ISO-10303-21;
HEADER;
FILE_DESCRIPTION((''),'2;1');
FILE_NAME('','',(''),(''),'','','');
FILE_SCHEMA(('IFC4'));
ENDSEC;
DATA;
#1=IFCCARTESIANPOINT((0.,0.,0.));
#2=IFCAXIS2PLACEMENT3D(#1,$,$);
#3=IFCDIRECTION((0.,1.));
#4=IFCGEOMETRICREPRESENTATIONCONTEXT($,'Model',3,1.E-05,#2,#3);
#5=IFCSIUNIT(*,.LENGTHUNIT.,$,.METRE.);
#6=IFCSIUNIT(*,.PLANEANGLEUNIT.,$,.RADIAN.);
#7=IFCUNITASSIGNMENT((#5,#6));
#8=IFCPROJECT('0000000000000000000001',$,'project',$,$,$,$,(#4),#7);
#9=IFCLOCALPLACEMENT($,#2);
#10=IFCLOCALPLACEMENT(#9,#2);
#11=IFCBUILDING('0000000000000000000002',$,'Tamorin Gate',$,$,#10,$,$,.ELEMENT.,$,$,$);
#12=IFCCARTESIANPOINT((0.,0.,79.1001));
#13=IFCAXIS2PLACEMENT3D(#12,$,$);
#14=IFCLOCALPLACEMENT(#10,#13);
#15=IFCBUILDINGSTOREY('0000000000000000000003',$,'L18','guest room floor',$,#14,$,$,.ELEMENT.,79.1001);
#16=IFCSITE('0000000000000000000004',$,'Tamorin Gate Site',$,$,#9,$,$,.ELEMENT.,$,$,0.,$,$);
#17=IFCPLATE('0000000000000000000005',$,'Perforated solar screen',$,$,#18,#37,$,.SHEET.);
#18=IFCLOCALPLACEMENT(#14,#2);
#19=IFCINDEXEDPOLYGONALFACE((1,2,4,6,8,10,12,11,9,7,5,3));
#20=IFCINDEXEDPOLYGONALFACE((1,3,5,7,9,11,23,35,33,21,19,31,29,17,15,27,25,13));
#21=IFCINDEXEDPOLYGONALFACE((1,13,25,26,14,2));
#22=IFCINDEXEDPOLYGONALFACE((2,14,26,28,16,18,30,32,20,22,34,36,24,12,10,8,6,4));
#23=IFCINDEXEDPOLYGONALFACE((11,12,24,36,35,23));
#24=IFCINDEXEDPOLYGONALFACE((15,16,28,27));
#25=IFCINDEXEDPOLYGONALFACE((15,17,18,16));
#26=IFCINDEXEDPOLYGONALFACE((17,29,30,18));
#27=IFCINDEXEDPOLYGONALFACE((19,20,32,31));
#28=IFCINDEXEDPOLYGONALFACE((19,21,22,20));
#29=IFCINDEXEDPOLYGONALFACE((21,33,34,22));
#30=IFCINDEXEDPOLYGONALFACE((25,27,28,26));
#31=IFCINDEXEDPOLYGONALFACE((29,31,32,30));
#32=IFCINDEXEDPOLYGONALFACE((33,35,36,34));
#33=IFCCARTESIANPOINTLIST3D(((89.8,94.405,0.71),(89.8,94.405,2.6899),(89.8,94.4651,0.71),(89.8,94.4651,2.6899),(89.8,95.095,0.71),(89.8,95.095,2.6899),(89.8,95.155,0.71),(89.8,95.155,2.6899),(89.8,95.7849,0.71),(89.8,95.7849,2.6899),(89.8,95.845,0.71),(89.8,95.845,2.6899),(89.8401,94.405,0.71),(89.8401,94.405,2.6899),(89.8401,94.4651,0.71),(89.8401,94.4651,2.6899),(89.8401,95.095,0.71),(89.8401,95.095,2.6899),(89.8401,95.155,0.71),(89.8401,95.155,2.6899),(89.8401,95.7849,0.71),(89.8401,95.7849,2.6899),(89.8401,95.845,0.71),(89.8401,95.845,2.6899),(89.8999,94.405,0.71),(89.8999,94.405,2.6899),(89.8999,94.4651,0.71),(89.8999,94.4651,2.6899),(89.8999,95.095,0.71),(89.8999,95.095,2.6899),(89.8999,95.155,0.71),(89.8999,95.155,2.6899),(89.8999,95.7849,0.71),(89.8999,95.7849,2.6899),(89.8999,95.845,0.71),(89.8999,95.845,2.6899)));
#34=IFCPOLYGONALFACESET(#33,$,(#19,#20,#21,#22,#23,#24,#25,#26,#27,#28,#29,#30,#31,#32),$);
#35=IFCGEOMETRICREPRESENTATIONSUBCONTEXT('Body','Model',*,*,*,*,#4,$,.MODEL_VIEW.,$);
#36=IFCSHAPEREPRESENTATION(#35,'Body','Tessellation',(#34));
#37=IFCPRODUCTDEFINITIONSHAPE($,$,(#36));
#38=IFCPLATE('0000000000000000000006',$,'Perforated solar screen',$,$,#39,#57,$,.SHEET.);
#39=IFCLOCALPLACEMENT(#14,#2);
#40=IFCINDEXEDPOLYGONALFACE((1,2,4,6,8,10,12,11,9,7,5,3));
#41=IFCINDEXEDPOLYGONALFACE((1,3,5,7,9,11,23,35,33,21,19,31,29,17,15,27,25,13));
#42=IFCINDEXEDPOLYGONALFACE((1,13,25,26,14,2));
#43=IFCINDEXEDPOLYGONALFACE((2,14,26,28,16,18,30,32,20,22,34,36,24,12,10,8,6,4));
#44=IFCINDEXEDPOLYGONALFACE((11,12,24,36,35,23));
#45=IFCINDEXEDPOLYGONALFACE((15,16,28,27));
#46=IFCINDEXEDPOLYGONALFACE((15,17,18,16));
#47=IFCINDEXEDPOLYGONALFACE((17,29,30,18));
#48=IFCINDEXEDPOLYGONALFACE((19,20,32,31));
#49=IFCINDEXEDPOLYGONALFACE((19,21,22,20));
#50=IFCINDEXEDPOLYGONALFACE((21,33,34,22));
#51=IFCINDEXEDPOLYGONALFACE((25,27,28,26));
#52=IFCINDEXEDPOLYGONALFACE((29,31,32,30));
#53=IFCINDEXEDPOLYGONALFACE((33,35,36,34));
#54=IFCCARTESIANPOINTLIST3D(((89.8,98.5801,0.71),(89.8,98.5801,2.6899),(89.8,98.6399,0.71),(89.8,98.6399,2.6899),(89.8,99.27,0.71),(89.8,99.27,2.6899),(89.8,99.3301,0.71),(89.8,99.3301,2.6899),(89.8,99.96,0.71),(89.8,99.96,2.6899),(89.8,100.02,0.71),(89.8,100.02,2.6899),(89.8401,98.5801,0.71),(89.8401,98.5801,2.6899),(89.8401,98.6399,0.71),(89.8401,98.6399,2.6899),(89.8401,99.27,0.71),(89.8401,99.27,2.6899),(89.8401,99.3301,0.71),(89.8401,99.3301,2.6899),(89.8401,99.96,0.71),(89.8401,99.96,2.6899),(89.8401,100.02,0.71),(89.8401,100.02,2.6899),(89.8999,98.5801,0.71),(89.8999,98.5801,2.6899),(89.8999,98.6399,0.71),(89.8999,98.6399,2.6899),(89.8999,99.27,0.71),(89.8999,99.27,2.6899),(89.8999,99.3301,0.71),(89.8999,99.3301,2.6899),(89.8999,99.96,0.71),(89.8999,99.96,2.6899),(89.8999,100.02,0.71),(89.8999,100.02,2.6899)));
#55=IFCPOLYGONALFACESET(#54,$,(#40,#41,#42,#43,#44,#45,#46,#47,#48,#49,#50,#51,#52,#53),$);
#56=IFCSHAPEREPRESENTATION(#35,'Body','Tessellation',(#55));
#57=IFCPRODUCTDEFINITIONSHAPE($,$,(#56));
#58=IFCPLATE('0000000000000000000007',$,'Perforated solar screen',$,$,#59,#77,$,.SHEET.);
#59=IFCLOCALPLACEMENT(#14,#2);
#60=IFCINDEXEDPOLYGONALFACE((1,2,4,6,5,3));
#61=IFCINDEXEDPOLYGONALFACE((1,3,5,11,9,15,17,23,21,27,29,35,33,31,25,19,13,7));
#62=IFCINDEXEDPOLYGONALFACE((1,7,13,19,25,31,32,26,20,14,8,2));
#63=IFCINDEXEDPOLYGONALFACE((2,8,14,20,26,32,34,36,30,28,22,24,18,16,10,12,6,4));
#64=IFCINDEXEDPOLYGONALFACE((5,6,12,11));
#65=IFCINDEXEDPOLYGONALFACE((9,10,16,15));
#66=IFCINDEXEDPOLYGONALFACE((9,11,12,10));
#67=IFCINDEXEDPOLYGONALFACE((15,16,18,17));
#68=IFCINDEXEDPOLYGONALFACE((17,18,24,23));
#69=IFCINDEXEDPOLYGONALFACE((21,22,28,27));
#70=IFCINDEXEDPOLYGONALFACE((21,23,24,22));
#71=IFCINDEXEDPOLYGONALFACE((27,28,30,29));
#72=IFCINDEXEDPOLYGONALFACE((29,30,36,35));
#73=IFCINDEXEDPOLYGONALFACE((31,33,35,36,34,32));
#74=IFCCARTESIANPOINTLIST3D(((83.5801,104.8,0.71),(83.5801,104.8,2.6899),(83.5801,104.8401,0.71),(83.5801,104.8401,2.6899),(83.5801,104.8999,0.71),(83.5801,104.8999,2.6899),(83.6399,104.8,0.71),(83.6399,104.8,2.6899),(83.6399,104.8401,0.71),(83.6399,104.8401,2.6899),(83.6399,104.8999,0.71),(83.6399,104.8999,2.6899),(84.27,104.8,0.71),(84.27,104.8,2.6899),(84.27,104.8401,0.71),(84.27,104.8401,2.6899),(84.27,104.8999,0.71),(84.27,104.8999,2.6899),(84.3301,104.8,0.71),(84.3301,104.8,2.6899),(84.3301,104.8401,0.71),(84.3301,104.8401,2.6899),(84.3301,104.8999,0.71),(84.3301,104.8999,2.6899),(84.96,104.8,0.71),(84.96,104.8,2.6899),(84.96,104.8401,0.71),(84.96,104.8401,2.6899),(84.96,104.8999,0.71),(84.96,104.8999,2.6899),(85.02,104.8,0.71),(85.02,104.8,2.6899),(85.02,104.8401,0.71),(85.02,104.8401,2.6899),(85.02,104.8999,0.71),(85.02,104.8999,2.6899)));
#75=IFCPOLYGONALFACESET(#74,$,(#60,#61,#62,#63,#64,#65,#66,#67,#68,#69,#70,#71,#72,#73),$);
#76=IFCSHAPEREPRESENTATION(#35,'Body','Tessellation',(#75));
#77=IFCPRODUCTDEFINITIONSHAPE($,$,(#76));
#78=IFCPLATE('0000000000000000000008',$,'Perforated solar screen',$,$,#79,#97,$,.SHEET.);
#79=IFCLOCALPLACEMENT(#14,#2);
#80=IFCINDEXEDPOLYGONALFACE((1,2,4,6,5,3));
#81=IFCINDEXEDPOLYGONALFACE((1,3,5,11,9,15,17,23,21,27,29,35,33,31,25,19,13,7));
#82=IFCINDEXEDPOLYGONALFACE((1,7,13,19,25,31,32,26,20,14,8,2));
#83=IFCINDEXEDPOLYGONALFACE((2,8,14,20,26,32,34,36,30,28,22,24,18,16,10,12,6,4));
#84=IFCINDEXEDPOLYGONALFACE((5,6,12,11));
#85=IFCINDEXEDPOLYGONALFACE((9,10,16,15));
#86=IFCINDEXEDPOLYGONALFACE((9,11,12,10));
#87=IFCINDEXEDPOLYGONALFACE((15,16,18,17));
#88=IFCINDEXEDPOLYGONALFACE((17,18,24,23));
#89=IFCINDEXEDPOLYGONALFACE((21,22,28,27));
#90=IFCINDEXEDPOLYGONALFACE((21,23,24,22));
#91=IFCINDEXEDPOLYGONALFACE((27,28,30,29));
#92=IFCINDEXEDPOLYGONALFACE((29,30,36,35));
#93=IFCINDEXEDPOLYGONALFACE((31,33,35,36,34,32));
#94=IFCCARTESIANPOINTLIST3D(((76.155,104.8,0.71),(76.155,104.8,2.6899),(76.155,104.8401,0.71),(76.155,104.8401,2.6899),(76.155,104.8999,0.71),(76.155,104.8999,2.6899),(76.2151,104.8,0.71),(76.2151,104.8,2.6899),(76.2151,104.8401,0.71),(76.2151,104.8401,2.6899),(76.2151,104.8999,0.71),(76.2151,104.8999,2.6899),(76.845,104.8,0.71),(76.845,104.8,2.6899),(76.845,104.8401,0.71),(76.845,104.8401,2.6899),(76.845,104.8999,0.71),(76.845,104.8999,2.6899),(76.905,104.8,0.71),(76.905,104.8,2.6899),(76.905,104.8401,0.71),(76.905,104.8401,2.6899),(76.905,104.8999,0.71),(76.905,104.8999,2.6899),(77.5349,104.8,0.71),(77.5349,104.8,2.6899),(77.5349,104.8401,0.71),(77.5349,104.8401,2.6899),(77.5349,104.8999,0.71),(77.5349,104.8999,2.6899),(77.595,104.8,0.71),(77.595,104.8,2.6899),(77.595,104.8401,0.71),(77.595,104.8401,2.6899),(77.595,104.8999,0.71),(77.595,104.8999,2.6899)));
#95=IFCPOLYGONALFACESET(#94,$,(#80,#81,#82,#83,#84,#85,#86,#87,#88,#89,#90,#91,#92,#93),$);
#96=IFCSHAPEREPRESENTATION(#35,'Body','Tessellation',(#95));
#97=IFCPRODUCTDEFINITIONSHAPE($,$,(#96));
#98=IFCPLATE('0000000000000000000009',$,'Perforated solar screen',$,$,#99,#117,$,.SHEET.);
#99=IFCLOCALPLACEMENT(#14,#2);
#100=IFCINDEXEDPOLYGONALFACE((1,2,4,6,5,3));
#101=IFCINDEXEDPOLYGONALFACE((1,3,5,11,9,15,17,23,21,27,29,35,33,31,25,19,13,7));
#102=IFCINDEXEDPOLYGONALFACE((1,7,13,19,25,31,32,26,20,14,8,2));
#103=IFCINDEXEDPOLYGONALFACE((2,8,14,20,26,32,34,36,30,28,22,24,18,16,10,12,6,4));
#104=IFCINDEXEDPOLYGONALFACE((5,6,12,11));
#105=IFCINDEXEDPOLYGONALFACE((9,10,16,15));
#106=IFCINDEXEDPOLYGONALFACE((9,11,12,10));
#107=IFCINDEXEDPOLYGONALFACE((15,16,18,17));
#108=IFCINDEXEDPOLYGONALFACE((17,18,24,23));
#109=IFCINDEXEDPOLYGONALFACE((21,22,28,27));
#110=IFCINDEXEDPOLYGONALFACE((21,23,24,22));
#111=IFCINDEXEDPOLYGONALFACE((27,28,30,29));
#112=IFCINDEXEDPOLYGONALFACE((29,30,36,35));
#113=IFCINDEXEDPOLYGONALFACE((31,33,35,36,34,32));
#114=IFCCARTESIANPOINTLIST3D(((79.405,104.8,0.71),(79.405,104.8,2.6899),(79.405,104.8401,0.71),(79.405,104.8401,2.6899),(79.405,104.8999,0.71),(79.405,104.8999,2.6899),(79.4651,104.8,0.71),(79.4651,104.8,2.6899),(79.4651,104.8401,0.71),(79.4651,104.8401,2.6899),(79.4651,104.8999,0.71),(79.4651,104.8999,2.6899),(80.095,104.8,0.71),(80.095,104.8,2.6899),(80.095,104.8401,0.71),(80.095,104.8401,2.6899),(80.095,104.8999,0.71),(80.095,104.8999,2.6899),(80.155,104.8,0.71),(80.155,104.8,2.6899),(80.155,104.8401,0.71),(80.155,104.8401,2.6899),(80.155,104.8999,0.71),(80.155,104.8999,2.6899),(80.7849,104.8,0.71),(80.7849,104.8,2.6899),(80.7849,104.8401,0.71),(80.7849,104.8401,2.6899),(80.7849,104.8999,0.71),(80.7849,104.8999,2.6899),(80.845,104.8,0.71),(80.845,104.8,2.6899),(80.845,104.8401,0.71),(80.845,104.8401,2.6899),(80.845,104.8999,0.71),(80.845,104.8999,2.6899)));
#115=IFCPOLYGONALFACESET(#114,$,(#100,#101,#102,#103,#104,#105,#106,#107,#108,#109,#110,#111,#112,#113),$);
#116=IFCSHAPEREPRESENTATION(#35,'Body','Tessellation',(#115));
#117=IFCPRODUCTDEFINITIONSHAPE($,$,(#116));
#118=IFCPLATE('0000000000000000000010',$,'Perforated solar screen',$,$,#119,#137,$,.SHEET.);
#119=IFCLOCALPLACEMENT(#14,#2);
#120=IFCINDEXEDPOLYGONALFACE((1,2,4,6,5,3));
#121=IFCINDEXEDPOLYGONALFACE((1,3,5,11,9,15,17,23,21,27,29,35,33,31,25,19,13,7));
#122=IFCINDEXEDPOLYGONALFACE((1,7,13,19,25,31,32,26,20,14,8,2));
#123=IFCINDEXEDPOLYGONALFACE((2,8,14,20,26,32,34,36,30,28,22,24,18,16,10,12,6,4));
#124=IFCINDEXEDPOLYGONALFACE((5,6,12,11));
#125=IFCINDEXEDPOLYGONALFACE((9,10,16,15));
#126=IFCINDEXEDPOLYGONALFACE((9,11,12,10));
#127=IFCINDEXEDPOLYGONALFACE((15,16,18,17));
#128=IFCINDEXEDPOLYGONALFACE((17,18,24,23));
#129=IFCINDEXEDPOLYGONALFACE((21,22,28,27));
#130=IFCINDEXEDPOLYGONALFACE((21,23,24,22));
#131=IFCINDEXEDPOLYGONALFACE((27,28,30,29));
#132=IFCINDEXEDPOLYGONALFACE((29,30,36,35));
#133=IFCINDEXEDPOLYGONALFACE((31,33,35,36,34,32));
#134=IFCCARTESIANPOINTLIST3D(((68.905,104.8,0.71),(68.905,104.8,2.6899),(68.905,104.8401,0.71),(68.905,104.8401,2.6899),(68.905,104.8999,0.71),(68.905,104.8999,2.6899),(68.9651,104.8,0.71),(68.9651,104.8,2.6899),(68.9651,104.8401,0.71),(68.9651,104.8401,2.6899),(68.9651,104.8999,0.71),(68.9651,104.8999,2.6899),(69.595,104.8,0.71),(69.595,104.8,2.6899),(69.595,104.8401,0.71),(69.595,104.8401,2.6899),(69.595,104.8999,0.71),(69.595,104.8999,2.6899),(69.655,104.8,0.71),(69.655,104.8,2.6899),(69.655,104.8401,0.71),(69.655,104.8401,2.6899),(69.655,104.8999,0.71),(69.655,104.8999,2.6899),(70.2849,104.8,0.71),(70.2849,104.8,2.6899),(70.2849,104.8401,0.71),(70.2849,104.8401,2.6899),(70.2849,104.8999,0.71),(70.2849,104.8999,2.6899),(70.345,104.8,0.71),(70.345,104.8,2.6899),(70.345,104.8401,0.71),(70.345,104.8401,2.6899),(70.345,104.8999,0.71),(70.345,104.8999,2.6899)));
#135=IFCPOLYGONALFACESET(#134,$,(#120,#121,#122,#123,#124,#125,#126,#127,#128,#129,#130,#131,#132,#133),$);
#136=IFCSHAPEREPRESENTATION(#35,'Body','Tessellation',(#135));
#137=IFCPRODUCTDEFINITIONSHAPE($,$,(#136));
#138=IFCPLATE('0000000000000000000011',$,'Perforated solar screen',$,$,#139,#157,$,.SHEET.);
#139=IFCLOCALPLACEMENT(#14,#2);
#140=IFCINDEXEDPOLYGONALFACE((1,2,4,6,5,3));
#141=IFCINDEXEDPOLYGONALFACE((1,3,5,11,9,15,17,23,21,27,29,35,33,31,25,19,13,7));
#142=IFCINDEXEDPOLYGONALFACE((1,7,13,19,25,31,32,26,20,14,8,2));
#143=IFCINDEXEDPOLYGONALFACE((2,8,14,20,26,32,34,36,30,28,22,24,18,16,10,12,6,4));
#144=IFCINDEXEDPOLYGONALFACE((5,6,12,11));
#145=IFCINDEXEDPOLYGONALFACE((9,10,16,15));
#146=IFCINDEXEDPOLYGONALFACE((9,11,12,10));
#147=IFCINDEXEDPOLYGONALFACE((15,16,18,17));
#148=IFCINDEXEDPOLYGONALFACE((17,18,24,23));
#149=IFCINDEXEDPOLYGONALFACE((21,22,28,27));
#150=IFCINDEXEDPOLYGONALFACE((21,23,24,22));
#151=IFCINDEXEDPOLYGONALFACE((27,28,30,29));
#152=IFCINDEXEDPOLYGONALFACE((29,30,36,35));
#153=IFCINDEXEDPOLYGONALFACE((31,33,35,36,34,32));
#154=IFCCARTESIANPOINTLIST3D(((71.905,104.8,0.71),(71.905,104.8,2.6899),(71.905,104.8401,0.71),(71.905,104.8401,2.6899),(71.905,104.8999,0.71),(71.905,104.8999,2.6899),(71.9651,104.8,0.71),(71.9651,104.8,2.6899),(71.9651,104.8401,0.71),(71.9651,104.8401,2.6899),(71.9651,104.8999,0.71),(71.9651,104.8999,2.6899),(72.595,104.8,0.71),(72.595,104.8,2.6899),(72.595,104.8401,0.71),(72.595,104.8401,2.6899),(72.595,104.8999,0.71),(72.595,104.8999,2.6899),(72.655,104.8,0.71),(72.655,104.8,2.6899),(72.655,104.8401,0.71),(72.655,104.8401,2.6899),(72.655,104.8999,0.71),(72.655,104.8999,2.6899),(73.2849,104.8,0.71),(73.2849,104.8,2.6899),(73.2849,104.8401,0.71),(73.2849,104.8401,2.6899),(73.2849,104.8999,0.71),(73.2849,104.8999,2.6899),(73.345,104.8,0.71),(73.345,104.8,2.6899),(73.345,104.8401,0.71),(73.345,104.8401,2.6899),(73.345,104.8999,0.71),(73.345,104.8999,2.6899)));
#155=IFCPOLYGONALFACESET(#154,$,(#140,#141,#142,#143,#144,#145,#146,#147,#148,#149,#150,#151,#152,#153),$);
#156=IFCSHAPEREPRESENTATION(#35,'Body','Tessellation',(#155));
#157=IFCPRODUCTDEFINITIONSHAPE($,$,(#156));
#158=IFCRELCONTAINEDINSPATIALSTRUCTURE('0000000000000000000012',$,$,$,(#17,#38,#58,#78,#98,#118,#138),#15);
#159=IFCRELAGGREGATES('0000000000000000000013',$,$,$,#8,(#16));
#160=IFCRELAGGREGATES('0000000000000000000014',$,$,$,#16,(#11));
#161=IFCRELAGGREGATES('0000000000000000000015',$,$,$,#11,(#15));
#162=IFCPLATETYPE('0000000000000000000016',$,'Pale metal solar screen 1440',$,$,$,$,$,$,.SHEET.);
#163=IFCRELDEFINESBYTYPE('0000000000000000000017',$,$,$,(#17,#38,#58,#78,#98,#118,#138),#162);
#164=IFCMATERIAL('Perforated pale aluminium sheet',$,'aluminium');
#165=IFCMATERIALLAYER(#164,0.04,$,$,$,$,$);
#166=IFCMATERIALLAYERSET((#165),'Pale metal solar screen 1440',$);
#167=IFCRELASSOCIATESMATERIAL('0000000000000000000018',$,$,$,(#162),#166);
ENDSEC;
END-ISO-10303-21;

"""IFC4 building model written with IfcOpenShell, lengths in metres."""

from ifc_helpers import new_model, si_unit, direction, frame, origin, place, context, subcontext, project, spatial, polyline, outline, extrude, material, layer, layer_set, type_object, element, save


model = new_model("IFC4")

# Units and contexts
model_context = context("Model", 3, precision=1e-05, world=origin(), true_north=direction((0.0, 1.0)))
body_context = subcontext(model_context, "Body", "Model", "MODEL_VIEW")
ifc_project = project(units=[si_unit("LENGTHUNIT", "METRE"), si_unit("PLANEANGLEUNIT", "RADIAN")], contexts=[model_context])

# Site, building, storey
site_placement = place(None, origin())
site = spatial("IfcSite", under=ifc_project, at=site_placement, Name="Tamorin Gate Site", CompositionType="ELEMENT", RefElevation=0.0)
building_placement = place(site_placement, origin())
building = spatial("IfcBuilding", under=site, at=building_placement, Name="Tamorin Gate", CompositionType="ELEMENT")
storey_placement = place(building_placement, frame((0.0, 0.0, 79.1001)))
storey = spatial("IfcBuildingStorey", under=building, at=storey_placement, Name="L18", Description="guest room floor", CompositionType="ELEMENT", Elevation=79.1001)

# Plates
ifc_material = material(Name="Perforated pale aluminium sheet", Category="aluminium")
ifc_layer = layer(ifc_material, 0.04)
ifc_layer_set = layer_set([ifc_layer], Name="Pale metal solar screen 1440")
plate_type = type_object("IfcPlateType", Name="Pale metal solar screen 1440", PredefinedType="SHEET", material=ifc_layer_set)
plate_1_placement = place(storey_placement, frame((0.0, 0.0, 0.71)))
element("IfcPlate", 1, at=plate_1_placement, inside=storey, type_object=plate_type, Name="Perforated solar screen", PredefinedType="SHEET", context=body_context, shape_type="SweptSolid", body=[
    extrude(outline(polyline([(89.8401, 94.405), (89.8, 94.405), (89.8, 94.4651), (89.8, 95.095), (89.8, 95.155), (89.8, 95.7849), (89.8, 95.845), (89.8401, 95.845), (89.8999, 95.845), (89.8999, 95.7849), (89.8401, 95.7849), (89.8401, 95.155), (89.8999, 95.155), (89.8999, 95.095), (89.8401, 95.095), (89.8401, 94.4651), (89.8999, 94.4651), (89.8999, 94.405), (89.8401, 94.405)])), origin(), (0.0, 0.0, 1.0), 1.98),
])
plate_2_placement = place(storey_placement, frame((0.0, 0.0, 0.71)))
element("IfcPlate", 2, at=plate_2_placement, inside=storey, type_object=plate_type, Name="Perforated solar screen", PredefinedType="SHEET", context=body_context, shape_type="SweptSolid", body=[
    extrude(outline(polyline([(89.8401, 98.5801), (89.8, 98.5801), (89.8, 98.6399), (89.8, 99.27), (89.8, 99.3301), (89.8, 99.96), (89.8, 100.02), (89.8401, 100.02), (89.8999, 100.02), (89.8999, 99.96), (89.8401, 99.96), (89.8401, 99.3301), (89.8999, 99.3301), (89.8999, 99.27), (89.8401, 99.27), (89.8401, 98.6399), (89.8999, 98.6399), (89.8999, 98.5801), (89.8401, 98.5801)])), origin(), (0.0, 0.0, 1.0), 1.98),
])
plate_3_placement = place(storey_placement, frame((0.0, 0.0, 0.71)))
element("IfcPlate", 3, at=plate_3_placement, inside=storey, type_object=plate_type, Name="Perforated solar screen", PredefinedType="SHEET", context=body_context, shape_type="SweptSolid", body=[
    extrude(outline(polyline([(85.02, 104.8401), (85.02, 104.8), (84.96, 104.8), (84.3301, 104.8), (84.27, 104.8), (83.6399, 104.8), (83.5801, 104.8), (83.5801, 104.8401), (83.5801, 104.8999), (83.6399, 104.8999), (83.6399, 104.8401), (84.27, 104.8401), (84.27, 104.8999), (84.3301, 104.8999), (84.3301, 104.8401), (84.96, 104.8401), (84.96, 104.8999), (85.02, 104.8999), (85.02, 104.8401)])), origin(), (0.0, 0.0, 1.0), 1.98),
])
plate_4_placement = place(storey_placement, frame((0.0, 0.0, 0.71)))
element("IfcPlate", 4, at=plate_4_placement, inside=storey, type_object=plate_type, Name="Perforated solar screen", PredefinedType="SHEET", context=body_context, shape_type="SweptSolid", body=[
    extrude(outline(polyline([(77.595, 104.8401), (77.595, 104.8), (77.5349, 104.8), (76.905, 104.8), (76.845, 104.8), (76.2151, 104.8), (76.155, 104.8), (76.155, 104.8401), (76.155, 104.8999), (76.2151, 104.8999), (76.2151, 104.8401), (76.845, 104.8401), (76.845, 104.8999), (76.905, 104.8999), (76.905, 104.8401), (77.5349, 104.8401), (77.5349, 104.8999), (77.595, 104.8999), (77.595, 104.8401)])), origin(), (0.0, 0.0, 1.0), 1.98),
])
plate_5_placement = place(storey_placement, frame((0.0, 0.0, 0.71)))
element("IfcPlate", 5, at=plate_5_placement, inside=storey, type_object=plate_type, Name="Perforated solar screen", PredefinedType="SHEET", context=body_context, shape_type="SweptSolid", body=[
    extrude(outline(polyline([(80.845, 104.8401), (80.845, 104.8), (80.7849, 104.8), (80.155, 104.8), (80.095, 104.8), (79.4651, 104.8), (79.405, 104.8), (79.405, 104.8), (79.405, 104.8401), (79.405, 104.8401), (79.405, 104.8999), (79.4651, 104.8999), (79.4651, 104.8401), (80.095, 104.8401), (80.095, 104.8999), (80.155, 104.8999), (80.155, 104.8401), (80.7849, 104.8401), (80.7849, 104.8999), (80.845, 104.8999), (80.845, 104.8401)])), origin(), (0.0, 0.0, 1.0), 1.98),
])
plate_6_placement = place(storey_placement, frame((0.0, 0.0, 0.71)))
element("IfcPlate", 6, at=plate_6_placement, inside=storey, type_object=plate_type, Name="Perforated solar screen", PredefinedType="SHEET", context=body_context, shape_type="SweptSolid", body=[
    extrude(outline(polyline([(70.345, 104.8401), (70.345, 104.8), (70.2849, 104.8), (69.655, 104.8), (69.595, 104.8), (68.9651, 104.8), (68.905, 104.8), (68.905, 104.8401), (68.905, 104.8999), (68.9651, 104.8999), (68.9651, 104.8401), (69.595, 104.8401), (69.595, 104.8999), (69.655, 104.8999), (69.655, 104.8401), (70.2849, 104.8401), (70.2849, 104.8999), (70.345, 104.8999), (70.345, 104.8401)])), origin(), (0.0, 0.0, 1.0), 1.98),
])
plate_7_placement = place(storey_placement, frame((0.0, 0.0, 0.71)))
element("IfcPlate", 7, at=plate_7_placement, inside=storey, type_object=plate_type, Name="Perforated solar screen", PredefinedType="SHEET", context=body_context, shape_type="SweptSolid", body=[
    extrude(outline(polyline([(73.345, 104.8401), (73.345, 104.8), (73.2849, 104.8), (72.655, 104.8), (72.595, 104.8), (71.9651, 104.8), (71.905, 104.8), (71.905, 104.8401), (71.905, 104.8999), (71.9651, 104.8999), (71.9651, 104.8401), (72.595, 104.8401), (72.595, 104.8999), (72.655, 104.8999), (72.655, 104.8401), (73.2849, 104.8401), (73.2849, 104.8999), (73.345, 104.8999), (73.345, 104.8401)])), origin(), (0.0, 0.0, 1.0), 1.98),
])

save(model, "model.ifc")
